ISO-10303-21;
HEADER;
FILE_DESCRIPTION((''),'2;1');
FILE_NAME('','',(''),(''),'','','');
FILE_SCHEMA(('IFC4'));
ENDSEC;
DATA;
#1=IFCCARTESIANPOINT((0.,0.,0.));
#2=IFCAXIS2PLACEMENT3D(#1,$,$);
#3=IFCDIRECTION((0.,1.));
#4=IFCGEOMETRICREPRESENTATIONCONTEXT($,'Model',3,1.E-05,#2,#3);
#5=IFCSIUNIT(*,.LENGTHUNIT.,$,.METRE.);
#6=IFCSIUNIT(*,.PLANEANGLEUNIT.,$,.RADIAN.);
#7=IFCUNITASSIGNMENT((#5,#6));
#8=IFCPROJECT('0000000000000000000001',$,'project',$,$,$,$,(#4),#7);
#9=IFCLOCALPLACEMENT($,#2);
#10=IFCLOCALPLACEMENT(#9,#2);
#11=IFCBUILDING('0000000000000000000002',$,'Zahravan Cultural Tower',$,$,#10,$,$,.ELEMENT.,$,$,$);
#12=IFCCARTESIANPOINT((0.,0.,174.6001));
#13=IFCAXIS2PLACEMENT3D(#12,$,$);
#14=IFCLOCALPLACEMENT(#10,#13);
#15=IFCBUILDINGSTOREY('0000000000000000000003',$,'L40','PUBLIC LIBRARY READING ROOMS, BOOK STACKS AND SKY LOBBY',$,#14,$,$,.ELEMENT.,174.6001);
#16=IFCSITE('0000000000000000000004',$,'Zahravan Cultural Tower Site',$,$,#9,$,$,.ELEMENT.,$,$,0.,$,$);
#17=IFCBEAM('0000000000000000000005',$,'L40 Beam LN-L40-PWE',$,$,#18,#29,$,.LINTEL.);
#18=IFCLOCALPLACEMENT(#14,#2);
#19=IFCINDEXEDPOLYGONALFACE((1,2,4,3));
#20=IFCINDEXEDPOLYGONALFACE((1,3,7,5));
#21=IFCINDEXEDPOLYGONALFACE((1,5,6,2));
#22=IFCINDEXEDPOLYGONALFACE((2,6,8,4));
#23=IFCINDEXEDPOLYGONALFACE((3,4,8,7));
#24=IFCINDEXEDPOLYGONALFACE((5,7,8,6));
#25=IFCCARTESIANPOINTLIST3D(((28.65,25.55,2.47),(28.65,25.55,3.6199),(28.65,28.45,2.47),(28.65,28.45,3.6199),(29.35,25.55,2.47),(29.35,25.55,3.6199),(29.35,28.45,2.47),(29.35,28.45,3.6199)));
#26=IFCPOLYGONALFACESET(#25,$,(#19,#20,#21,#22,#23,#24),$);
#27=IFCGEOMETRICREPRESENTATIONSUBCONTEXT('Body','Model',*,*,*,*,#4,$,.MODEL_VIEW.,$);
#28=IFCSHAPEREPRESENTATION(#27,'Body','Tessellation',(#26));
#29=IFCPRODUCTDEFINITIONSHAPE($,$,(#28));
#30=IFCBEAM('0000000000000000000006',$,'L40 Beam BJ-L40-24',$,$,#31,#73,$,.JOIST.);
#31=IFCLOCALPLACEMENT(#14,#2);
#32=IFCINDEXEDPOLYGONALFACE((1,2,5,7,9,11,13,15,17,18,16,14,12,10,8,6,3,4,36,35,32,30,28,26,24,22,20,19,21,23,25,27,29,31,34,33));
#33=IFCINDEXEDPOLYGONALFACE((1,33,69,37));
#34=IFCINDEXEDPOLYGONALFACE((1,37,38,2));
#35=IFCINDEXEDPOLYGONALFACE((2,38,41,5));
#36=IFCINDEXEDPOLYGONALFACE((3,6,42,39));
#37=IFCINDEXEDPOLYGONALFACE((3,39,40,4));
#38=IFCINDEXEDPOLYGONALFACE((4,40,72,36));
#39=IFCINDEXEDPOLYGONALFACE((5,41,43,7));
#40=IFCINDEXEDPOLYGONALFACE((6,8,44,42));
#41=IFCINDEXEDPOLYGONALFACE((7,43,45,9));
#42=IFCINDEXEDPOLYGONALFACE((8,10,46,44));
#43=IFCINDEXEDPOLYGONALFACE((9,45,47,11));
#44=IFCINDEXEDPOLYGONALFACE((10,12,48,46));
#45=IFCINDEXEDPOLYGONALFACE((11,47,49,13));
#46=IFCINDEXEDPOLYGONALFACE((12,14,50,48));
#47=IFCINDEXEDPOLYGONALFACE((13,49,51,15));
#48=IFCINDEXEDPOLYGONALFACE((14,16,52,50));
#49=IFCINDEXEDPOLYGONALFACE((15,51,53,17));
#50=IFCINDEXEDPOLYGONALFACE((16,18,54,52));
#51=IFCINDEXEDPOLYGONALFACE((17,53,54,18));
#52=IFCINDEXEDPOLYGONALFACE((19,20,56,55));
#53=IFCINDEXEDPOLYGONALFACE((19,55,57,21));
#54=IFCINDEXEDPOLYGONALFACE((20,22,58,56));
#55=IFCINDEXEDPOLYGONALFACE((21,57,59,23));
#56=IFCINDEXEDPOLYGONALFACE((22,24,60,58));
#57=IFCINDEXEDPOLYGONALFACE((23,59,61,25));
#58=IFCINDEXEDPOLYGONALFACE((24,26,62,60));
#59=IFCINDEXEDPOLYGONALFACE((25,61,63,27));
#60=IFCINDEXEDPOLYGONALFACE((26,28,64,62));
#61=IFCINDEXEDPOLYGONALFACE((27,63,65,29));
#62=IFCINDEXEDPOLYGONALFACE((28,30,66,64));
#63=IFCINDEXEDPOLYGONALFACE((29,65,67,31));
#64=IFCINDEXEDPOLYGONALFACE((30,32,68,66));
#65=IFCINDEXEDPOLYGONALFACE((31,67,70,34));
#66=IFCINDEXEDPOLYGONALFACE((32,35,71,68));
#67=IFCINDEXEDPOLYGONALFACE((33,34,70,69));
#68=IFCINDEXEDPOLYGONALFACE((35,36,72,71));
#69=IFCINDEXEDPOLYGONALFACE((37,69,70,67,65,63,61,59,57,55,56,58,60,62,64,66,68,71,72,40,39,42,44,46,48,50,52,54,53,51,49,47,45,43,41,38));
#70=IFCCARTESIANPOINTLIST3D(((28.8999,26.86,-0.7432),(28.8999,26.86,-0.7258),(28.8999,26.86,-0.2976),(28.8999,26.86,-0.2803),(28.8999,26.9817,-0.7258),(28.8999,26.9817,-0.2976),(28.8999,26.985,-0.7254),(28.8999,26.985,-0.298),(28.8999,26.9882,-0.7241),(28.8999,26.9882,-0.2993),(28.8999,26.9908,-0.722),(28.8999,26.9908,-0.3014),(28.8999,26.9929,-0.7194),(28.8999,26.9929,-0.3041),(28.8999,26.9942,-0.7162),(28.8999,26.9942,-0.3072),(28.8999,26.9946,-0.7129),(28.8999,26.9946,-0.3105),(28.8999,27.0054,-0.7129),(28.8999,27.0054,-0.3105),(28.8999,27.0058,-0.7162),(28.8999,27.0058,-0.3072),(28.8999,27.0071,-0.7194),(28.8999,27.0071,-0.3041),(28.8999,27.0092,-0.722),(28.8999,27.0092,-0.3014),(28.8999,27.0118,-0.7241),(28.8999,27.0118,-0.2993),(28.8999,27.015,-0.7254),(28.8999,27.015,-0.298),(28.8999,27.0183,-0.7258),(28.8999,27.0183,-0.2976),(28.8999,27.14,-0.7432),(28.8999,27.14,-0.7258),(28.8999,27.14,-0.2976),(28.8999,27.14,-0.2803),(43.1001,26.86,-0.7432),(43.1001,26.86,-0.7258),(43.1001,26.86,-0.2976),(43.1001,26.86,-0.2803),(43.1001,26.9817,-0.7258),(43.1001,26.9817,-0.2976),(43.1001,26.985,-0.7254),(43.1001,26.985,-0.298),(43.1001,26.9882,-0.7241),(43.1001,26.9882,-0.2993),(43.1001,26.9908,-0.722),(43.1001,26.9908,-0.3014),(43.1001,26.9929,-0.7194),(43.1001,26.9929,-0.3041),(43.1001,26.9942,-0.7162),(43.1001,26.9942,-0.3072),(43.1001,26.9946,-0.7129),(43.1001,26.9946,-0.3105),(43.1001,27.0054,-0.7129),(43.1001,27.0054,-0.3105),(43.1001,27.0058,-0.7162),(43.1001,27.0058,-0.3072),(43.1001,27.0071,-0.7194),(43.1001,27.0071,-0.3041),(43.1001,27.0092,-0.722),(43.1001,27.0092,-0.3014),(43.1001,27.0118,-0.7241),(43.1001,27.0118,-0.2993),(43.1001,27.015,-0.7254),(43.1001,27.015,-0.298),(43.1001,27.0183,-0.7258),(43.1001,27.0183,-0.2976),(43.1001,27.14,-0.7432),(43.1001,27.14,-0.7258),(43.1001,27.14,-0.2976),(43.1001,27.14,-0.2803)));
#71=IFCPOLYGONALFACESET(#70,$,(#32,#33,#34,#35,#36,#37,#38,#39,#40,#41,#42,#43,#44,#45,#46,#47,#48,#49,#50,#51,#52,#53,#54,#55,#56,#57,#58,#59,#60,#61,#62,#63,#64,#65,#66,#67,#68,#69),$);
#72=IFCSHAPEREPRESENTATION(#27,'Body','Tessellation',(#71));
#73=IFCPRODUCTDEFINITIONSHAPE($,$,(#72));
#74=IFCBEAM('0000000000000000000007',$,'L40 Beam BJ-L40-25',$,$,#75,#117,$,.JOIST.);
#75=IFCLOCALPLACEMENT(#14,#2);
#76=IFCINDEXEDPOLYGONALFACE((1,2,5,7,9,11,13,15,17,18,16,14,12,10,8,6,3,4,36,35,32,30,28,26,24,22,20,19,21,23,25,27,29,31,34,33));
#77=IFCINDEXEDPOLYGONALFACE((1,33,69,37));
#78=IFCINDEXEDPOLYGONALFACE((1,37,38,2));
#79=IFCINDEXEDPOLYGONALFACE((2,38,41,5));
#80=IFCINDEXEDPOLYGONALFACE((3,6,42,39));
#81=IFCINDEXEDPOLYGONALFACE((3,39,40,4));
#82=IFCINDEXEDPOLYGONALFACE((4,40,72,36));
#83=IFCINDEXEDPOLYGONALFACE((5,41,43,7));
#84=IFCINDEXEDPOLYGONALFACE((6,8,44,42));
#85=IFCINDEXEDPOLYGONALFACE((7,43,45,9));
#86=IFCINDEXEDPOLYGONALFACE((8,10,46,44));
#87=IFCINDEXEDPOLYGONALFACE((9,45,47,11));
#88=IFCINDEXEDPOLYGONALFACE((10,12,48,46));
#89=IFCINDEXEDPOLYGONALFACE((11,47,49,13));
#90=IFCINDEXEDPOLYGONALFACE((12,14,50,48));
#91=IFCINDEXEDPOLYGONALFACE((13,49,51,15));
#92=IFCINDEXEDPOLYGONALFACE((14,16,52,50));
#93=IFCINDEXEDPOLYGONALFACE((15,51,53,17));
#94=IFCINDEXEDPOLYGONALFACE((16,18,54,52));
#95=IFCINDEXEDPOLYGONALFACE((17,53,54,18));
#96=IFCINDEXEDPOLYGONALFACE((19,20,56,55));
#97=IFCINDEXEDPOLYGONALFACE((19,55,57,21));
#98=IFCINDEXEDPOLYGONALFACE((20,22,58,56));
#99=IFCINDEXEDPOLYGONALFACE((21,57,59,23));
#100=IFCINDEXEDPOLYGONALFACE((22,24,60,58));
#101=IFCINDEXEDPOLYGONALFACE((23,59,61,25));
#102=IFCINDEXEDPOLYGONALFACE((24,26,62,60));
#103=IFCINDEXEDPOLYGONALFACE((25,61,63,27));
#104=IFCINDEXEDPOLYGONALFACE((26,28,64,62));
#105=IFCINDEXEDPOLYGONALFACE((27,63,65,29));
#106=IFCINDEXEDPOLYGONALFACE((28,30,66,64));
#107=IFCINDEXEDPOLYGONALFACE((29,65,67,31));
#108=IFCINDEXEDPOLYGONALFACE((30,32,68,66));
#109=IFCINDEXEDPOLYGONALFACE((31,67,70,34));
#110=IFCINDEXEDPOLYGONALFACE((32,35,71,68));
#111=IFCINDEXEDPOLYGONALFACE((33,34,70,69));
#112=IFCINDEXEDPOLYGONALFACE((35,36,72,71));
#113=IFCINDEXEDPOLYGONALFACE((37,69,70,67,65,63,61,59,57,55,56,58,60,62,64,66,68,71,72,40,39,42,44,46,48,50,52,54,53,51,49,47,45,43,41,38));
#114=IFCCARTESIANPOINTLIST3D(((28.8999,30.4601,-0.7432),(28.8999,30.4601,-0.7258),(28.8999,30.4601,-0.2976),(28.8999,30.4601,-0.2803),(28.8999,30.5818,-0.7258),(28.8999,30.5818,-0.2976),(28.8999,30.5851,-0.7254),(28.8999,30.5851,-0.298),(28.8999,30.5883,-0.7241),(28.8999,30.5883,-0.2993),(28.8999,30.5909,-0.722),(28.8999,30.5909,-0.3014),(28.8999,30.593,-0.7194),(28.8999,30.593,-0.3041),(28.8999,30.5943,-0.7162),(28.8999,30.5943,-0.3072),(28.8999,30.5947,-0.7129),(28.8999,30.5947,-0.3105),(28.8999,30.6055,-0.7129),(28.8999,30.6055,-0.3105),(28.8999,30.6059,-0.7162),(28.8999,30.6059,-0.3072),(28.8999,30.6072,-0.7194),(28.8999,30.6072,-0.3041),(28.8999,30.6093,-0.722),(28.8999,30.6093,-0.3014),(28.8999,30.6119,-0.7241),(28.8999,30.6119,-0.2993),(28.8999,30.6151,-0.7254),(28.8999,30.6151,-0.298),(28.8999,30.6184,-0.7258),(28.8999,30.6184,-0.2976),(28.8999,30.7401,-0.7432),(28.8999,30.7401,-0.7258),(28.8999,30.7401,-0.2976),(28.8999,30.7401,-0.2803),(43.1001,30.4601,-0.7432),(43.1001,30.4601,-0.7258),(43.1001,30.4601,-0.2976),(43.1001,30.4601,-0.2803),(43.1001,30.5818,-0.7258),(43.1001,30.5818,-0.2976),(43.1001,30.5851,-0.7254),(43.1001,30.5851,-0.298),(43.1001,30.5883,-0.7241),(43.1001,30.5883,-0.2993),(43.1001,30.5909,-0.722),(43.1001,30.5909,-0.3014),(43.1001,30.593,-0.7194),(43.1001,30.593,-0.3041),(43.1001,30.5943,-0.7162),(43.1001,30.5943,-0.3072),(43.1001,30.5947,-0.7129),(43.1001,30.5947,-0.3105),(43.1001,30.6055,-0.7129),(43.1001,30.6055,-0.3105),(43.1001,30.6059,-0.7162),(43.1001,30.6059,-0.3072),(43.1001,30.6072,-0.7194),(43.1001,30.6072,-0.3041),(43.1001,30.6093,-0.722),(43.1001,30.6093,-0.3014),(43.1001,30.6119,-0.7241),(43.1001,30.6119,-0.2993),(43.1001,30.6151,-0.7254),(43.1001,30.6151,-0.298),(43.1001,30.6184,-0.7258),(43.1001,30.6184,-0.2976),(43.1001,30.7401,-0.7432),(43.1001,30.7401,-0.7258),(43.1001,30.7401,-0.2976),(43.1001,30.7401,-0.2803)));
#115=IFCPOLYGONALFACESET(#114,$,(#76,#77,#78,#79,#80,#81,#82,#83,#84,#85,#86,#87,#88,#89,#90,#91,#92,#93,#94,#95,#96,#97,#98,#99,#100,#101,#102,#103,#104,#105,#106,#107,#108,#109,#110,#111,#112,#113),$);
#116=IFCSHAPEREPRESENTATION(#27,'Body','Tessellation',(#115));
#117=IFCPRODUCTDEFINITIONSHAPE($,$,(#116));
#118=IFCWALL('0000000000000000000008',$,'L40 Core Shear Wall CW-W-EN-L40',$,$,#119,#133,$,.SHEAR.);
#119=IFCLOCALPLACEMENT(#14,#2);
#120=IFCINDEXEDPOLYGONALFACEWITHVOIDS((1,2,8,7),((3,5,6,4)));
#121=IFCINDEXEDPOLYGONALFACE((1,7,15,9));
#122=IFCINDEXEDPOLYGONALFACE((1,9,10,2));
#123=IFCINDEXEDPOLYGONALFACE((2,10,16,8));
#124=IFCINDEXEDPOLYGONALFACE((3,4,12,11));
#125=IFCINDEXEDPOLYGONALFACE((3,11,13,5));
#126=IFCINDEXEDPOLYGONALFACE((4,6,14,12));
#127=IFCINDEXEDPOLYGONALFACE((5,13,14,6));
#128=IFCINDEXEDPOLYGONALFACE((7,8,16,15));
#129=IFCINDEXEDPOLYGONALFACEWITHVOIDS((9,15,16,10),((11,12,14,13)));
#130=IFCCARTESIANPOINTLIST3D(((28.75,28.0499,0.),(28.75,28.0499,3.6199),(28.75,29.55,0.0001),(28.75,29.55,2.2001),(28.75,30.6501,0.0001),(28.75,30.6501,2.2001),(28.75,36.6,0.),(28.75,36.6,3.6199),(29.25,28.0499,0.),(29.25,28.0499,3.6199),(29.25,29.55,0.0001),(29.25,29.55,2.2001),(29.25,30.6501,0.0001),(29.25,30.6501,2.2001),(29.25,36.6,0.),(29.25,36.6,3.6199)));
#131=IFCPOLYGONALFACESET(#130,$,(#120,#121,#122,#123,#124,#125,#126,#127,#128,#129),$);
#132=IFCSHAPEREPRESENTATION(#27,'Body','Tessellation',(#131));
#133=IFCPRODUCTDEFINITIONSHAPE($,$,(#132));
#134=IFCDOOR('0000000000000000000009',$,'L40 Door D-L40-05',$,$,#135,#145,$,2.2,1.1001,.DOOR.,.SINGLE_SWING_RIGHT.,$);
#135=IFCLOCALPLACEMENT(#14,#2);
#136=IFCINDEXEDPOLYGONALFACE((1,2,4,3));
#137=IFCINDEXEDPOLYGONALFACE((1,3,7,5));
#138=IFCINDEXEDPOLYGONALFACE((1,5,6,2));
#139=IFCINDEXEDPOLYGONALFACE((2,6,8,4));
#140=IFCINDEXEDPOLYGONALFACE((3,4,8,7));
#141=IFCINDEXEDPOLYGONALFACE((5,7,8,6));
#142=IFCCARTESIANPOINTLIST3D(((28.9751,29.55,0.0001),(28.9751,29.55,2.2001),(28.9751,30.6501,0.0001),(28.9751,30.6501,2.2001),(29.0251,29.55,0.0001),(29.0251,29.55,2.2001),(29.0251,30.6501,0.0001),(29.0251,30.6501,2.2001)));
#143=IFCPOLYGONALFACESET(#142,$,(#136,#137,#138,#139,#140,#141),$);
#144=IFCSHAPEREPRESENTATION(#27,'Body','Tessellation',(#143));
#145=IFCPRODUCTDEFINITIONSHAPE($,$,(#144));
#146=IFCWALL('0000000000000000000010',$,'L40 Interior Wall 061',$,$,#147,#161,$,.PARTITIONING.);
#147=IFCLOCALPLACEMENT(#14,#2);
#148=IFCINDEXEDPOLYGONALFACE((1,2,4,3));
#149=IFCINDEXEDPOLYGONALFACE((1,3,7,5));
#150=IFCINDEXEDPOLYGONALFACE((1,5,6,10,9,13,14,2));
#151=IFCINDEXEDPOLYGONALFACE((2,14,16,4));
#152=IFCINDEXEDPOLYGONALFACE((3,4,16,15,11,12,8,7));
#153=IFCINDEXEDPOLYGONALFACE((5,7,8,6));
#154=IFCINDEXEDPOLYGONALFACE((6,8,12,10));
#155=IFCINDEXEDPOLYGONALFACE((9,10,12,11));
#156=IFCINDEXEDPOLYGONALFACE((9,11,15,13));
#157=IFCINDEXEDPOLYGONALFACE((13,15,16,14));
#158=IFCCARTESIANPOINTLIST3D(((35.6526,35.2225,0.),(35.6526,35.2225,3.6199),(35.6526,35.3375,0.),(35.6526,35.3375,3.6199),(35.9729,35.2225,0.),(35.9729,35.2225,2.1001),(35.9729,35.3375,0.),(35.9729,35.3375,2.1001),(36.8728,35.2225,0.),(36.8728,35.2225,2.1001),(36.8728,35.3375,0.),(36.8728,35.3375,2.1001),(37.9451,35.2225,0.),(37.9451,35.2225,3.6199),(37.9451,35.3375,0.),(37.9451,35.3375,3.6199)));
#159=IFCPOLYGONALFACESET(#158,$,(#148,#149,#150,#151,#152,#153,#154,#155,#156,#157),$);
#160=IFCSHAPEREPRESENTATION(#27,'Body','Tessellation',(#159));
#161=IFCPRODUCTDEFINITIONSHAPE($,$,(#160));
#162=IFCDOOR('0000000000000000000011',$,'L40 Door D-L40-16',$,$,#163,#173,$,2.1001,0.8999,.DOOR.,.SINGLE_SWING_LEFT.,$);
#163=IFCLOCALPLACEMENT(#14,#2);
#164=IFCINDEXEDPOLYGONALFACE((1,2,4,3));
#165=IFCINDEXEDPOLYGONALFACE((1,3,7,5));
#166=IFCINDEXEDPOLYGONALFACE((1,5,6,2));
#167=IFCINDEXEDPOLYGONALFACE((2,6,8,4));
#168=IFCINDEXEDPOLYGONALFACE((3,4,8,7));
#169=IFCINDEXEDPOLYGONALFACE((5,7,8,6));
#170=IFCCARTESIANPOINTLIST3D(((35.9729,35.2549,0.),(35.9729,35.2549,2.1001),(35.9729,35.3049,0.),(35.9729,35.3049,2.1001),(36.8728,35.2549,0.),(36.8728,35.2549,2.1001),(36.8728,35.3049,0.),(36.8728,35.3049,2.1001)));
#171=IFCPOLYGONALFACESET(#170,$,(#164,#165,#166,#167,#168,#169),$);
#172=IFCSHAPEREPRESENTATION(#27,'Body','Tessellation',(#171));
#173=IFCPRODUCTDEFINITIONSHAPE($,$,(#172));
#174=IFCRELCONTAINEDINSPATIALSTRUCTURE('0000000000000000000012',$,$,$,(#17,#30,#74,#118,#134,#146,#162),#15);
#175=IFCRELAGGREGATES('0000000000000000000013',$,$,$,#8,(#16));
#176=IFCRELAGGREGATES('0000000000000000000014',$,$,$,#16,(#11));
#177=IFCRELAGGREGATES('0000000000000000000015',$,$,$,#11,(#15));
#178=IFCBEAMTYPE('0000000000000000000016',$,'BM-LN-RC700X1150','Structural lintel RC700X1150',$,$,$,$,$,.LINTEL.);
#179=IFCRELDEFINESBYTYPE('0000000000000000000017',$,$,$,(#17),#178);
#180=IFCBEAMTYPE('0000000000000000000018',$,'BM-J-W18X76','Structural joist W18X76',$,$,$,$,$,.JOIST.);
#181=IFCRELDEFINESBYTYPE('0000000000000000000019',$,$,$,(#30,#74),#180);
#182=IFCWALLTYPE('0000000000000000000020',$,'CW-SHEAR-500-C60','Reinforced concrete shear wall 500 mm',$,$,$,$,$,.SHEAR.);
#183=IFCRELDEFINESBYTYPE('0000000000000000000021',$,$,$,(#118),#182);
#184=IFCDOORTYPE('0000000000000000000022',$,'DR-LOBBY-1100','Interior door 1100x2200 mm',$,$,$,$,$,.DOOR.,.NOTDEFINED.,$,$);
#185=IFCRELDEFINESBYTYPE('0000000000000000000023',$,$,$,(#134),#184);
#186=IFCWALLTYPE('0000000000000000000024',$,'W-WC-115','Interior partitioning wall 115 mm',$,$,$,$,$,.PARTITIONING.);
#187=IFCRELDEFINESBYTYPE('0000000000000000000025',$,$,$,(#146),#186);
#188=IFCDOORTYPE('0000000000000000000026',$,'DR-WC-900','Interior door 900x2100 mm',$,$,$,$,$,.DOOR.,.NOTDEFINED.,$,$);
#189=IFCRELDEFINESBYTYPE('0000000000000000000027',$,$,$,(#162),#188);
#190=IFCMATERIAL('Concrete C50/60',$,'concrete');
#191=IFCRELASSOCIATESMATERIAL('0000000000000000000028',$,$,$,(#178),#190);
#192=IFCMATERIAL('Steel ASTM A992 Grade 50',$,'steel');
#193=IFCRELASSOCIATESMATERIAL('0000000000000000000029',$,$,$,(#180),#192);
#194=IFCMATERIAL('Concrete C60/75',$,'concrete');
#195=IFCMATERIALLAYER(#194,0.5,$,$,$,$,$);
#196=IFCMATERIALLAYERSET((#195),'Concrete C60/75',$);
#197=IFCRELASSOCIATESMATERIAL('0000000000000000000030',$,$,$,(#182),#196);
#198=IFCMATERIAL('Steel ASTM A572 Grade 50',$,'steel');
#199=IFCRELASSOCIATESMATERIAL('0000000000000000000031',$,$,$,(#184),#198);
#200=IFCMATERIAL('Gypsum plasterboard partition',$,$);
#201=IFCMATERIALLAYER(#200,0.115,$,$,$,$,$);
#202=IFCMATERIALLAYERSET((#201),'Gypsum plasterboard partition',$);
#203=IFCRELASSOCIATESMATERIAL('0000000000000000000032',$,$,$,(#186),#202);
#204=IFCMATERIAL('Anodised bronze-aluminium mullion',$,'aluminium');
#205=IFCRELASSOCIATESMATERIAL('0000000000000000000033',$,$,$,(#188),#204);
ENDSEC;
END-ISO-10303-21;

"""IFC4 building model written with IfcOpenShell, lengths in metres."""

from ifc_helpers import new_model, si_unit, direction, frame, frame_2d, origin, origin_2d, place, context, subcontext, project, spatial, rectangle, i_section, extrude, source, transform, mapped, material, layer, layer_set, material_profile, profile_set, type_object, element, fill, save


model = new_model("IFC4")

# Units and contexts
model_context = context("Model", 3, precision=1e-05, world=origin(), true_north=direction((0.0, 1.0)))
body_context = subcontext(model_context, "Body", "Model", "MODEL_VIEW")
ifc_project = project(units=[si_unit("LENGTHUNIT", "METRE"), si_unit("PLANEANGLEUNIT", "RADIAN")], contexts=[model_context])

# Site, building, storey
site_placement = place(None, origin())
site = spatial("IfcSite", under=ifc_project, at=site_placement, Name="Zahravan Cultural Tower Site", CompositionType="ELEMENT", RefElevation=0.0)
building_placement = place(site_placement, origin())
building = spatial("IfcBuilding", under=site, at=building_placement, Name="Zahravan Cultural Tower", CompositionType="ELEMENT")
storey_placement = place(building_placement, frame((0.0, 0.0, 174.6001)))
storey = spatial("IfcBuildingStorey", under=building, at=storey_placement, Name="L40", Description="PUBLIC LIBRARY READING ROOMS, BOOK STACKS AND SKY LOBBY", CompositionType="ELEMENT", Elevation=174.6001)

# Beams
ifc_material_1 = material(Name="Concrete C50/60", Category="concrete")
ifc_material_profile_1 = material_profile(ifc_material_1, rectangle(XDim=0.7, YDim=1.1499, at=origin_2d()), Name="RC700X1150")
ifc_profile_set_1 = profile_set([ifc_material_profile_1], Name="Concrete C50/60")
beam_type_1 = type_object("IfcBeamType", Name="BM-LN-RC700X1150", Description="Structural lintel RC700X1150", PredefinedType="LINTEL", material=ifc_profile_set_1)
shared_shape_1 = source(origin(), body_context, "Body", "SweptSolid", [
    extrude(rectangle(XDim=0.7, YDim=1.1499, at=origin_2d()), origin(), (0.0, 0.0, 1.0), 2.8999),
])
beam_placement = place(storey_placement, frame((29.0, 25.55, 3.0449), z_axis=(0.0, 1.0, 0.0), x_axis=(-1.0, 0.0, 0.0)))
element("IfcBeam", 1, at=beam_placement, inside=storey, type_object=beam_type_1, Name="L40 Beam LN-L40-PWE", PredefinedType="LINTEL", context=body_context, shape_type="MappedRepresentation", body=[
    mapped(shared_shape_1, transform((0.0, 0.0, 0.0), x_axis=(1.0, 0.0, 0.0), y_axis=(0.0, 1.0, 0.0), z_axis=(0.0, 0.0, 1.0), scale=1.0)),
])
ifc_material_2 = material(Name="Steel ASTM A992 Grade 50", Category="steel")
ifc_material_profile_2 = material_profile(ifc_material_2, i_section(OverallWidth=0.28, OverallDepth=0.4629, WebThickness=0.0107, FlangeThickness=0.0173, FilletRadius=0.0129, at=origin_2d()), Name="W18X76")
ifc_profile_set_2 = profile_set([ifc_material_profile_2], Name="Steel ASTM A992 Grade 50")
beam_type_2 = type_object("IfcBeamType", Name="BM-J-W18X76", Description="Structural joist W18X76", PredefinedType="JOIST", material=ifc_profile_set_2)
shared_shape_2 = source(origin(), body_context, "Body", "SweptSolid", [
    extrude(i_section(OverallWidth=0.28, OverallDepth=0.4629, WebThickness=0.0107, FlangeThickness=0.0173, FilletRadius=0.0129, at=origin_2d()), origin(), (0.0, 0.0, 1.0), 14.2002),
])
for number, where, z_axis, x_axis, name in (
    (2, (28.8999, 27.0, -0.5117), (1.0, 0.0, 0.0), (0.0, 1.0, 0.0), "L40 Beam BJ-L40-24"),
    (3, (28.8999, 30.6001, -0.5117), (1.0, 0.0, 0.0), (0.0, 1.0, 0.0), "L40 Beam BJ-L40-25"),
):
    element("IfcBeam", number, at=place(storey_placement, frame(where, z_axis=z_axis, x_axis=x_axis)), inside=storey, type_object=beam_type_2, Name=name, PredefinedType="JOIST", context=body_context, shape_type="MappedRepresentation", body=[
        mapped(shared_shape_2, transform((0.0, 0.0, 0.0), x_axis=(1.0, 0.0, 0.0), y_axis=(0.0, 1.0, 0.0), z_axis=(0.0, 0.0, 1.0), scale=1.0)),
    ])

# Walls, openings, doors
ifc_material_3 = material(Name="Concrete C60/75", Category="concrete")
ifc_layer_1 = layer(ifc_material_3, 0.5)
ifc_layer_set_1 = layer_set([ifc_layer_1], Name="Concrete C60/75")
wall_type_1 = type_object("IfcWallType", Name="CW-SHEAR-500-C60", Description="Reinforced concrete shear wall 500 mm", PredefinedType="SHEAR", material=ifc_layer_set_1)
wall_1_placement = place(storey_placement, frame((29.0, 28.05, 0.0), z_axis=(0.0, 0.0, 1.0), x_axis=(0.0, 1.0, 0.0)))
wall_1 = element("IfcWall", 4, at=wall_1_placement, inside=storey, type_object=wall_type_1, Name="L40 Core Shear Wall CW-W-EN-L40", PredefinedType="SHEAR", context=body_context, shape_type="SweptSolid", body=[
    extrude(rectangle(XDim=8.55, YDim=0.5, at=frame_2d((4.2749, 0.0))), origin(), (0.0, 0.0, 1.0), 3.6199),
])
opening_1_placement = place(wall_1_placement, frame((1.5, 0.0, 0.0)))
opening_1 = element("IfcOpeningElement", 5, at=opening_1_placement, cuts=wall_1, PredefinedType="OPENING", context=body_context, shape_type="SweptSolid", body=[
    extrude(rectangle(XDim=1.1001, YDim=2.2, at=frame_2d((0.55, 1.1001))), frame((0.0, 0.26, 0.0), z_axis=(0.0, -1.0, 0.0), x_axis=(1.0, 0.0, 0.0)), (0.0, 0.0, 1.0), 0.52),
])
ifc_material_4 = material(Name="Steel ASTM A572 Grade 50", Category="steel")
door_type_1 = type_object("IfcDoorType", Name="DR-LOBBY-1100", Description="Interior door 1100x2200 mm", OperationType="NOTDEFINED", PredefinedType="DOOR", material=ifc_material_4)
shared_shape_3 = source(origin(), body_context, "Body", "SweptSolid", [
    extrude(rectangle(XDim=1.1001, YDim=2.2, at=frame_2d((0.55, 1.1001))), frame((0.0, 0.0249, 0.0), z_axis=(0.0, -1.0, 0.0), x_axis=(1.0, 0.0, 0.0)), (0.0, 0.0, 1.0), 0.05),
])
door_1_placement = place(opening_1_placement, origin())
door_1 = element("IfcDoor", 6, at=door_1_placement, inside=storey, type_object=door_type_1, Name="L40 Door D-L40-05", OperationType="SINGLE_SWING_RIGHT", OverallHeight=2.2, OverallWidth=1.1001, PredefinedType="DOOR", context=body_context, shape_type="MappedRepresentation", body=[
    mapped(shared_shape_3, transform((0.0, 0.0, 0.0), x_axis=(1.0, 0.0, 0.0), y_axis=(0.0, 1.0, 0.0), z_axis=(0.0, 0.0, 1.0), scale=1.0)),
])
fill(opening_1, door_1)
ifc_material_5 = material(Name="Gypsum plasterboard partition")
ifc_material_6 = material(Name="Anodised bronze-aluminium mullion", Category="aluminium")
ifc_layer_2 = layer(ifc_material_5, 0.115)
ifc_layer_set_2 = layer_set([ifc_layer_2], Name="Gypsum plasterboard partition")
wall_type_2 = type_object("IfcWallType", Name="W-WC-115", Description="Interior partitioning wall 115 mm", PredefinedType="PARTITIONING", material=ifc_layer_set_2)
wall_2_placement = place(storey_placement, frame((35.6526, 35.28, 0.0), z_axis=(0.0, 0.0, 1.0), x_axis=(1.0, 0.0, 0.0)))
wall_2 = element("IfcWall", 7, at=wall_2_placement, inside=storey, type_object=wall_type_2, Name="L40 Interior Wall 061", PredefinedType="PARTITIONING", context=body_context, shape_type="SweptSolid", body=[
    extrude(rectangle(XDim=2.2925, YDim=0.115, at=frame_2d((1.1462, 0.0))), origin(), (0.0, 0.0, 1.0), 3.6199),
])
opening_2_placement = place(wall_2_placement, frame((0.3203, 0.0, 0.0)))
opening_2 = element("IfcOpeningElement", 8, at=opening_2_placement, cuts=wall_2, PredefinedType="OPENING", context=body_context, shape_type="SweptSolid", body=[
    extrude(rectangle(XDim=0.8999, YDim=2.1001, at=frame_2d((0.45, 1.05))), frame((0.0, 0.0674, 0.0), z_axis=(0.0, -1.0, 0.0), x_axis=(1.0, 0.0, 0.0)), (0.0, 0.0, 1.0), 0.135),
])
door_type_2 = type_object("IfcDoorType", Name="DR-WC-900", Description="Interior door 900x2100 mm", OperationType="NOTDEFINED", PredefinedType="DOOR", material=ifc_material_6)
shared_shape_4 = source(origin(), body_context, "Body", "SweptSolid", [
    extrude(rectangle(XDim=0.8999, YDim=2.1001, at=frame_2d((0.45, 1.05))), frame((0.0, 0.0249, 0.0), z_axis=(0.0, -1.0, 0.0), x_axis=(1.0, 0.0, 0.0)), (0.0, 0.0, 1.0), 0.05),
])
door_2_placement = place(opening_2_placement, origin())
door_2 = element("IfcDoor", 9, at=door_2_placement, inside=storey, type_object=door_type_2, Name="L40 Door D-L40-16", OperationType="SINGLE_SWING_LEFT", OverallHeight=2.1001, OverallWidth=0.8999, PredefinedType="DOOR", context=body_context, shape_type="MappedRepresentation", body=[
    mapped(shared_shape_4, transform((0.0, 0.0, 0.0), x_axis=(1.0, 0.0, 0.0), y_axis=(0.0, 1.0, 0.0), z_axis=(0.0, 0.0, 1.0), scale=1.0)),
])
fill(opening_2, door_2)

save(model, "model.ifc")
